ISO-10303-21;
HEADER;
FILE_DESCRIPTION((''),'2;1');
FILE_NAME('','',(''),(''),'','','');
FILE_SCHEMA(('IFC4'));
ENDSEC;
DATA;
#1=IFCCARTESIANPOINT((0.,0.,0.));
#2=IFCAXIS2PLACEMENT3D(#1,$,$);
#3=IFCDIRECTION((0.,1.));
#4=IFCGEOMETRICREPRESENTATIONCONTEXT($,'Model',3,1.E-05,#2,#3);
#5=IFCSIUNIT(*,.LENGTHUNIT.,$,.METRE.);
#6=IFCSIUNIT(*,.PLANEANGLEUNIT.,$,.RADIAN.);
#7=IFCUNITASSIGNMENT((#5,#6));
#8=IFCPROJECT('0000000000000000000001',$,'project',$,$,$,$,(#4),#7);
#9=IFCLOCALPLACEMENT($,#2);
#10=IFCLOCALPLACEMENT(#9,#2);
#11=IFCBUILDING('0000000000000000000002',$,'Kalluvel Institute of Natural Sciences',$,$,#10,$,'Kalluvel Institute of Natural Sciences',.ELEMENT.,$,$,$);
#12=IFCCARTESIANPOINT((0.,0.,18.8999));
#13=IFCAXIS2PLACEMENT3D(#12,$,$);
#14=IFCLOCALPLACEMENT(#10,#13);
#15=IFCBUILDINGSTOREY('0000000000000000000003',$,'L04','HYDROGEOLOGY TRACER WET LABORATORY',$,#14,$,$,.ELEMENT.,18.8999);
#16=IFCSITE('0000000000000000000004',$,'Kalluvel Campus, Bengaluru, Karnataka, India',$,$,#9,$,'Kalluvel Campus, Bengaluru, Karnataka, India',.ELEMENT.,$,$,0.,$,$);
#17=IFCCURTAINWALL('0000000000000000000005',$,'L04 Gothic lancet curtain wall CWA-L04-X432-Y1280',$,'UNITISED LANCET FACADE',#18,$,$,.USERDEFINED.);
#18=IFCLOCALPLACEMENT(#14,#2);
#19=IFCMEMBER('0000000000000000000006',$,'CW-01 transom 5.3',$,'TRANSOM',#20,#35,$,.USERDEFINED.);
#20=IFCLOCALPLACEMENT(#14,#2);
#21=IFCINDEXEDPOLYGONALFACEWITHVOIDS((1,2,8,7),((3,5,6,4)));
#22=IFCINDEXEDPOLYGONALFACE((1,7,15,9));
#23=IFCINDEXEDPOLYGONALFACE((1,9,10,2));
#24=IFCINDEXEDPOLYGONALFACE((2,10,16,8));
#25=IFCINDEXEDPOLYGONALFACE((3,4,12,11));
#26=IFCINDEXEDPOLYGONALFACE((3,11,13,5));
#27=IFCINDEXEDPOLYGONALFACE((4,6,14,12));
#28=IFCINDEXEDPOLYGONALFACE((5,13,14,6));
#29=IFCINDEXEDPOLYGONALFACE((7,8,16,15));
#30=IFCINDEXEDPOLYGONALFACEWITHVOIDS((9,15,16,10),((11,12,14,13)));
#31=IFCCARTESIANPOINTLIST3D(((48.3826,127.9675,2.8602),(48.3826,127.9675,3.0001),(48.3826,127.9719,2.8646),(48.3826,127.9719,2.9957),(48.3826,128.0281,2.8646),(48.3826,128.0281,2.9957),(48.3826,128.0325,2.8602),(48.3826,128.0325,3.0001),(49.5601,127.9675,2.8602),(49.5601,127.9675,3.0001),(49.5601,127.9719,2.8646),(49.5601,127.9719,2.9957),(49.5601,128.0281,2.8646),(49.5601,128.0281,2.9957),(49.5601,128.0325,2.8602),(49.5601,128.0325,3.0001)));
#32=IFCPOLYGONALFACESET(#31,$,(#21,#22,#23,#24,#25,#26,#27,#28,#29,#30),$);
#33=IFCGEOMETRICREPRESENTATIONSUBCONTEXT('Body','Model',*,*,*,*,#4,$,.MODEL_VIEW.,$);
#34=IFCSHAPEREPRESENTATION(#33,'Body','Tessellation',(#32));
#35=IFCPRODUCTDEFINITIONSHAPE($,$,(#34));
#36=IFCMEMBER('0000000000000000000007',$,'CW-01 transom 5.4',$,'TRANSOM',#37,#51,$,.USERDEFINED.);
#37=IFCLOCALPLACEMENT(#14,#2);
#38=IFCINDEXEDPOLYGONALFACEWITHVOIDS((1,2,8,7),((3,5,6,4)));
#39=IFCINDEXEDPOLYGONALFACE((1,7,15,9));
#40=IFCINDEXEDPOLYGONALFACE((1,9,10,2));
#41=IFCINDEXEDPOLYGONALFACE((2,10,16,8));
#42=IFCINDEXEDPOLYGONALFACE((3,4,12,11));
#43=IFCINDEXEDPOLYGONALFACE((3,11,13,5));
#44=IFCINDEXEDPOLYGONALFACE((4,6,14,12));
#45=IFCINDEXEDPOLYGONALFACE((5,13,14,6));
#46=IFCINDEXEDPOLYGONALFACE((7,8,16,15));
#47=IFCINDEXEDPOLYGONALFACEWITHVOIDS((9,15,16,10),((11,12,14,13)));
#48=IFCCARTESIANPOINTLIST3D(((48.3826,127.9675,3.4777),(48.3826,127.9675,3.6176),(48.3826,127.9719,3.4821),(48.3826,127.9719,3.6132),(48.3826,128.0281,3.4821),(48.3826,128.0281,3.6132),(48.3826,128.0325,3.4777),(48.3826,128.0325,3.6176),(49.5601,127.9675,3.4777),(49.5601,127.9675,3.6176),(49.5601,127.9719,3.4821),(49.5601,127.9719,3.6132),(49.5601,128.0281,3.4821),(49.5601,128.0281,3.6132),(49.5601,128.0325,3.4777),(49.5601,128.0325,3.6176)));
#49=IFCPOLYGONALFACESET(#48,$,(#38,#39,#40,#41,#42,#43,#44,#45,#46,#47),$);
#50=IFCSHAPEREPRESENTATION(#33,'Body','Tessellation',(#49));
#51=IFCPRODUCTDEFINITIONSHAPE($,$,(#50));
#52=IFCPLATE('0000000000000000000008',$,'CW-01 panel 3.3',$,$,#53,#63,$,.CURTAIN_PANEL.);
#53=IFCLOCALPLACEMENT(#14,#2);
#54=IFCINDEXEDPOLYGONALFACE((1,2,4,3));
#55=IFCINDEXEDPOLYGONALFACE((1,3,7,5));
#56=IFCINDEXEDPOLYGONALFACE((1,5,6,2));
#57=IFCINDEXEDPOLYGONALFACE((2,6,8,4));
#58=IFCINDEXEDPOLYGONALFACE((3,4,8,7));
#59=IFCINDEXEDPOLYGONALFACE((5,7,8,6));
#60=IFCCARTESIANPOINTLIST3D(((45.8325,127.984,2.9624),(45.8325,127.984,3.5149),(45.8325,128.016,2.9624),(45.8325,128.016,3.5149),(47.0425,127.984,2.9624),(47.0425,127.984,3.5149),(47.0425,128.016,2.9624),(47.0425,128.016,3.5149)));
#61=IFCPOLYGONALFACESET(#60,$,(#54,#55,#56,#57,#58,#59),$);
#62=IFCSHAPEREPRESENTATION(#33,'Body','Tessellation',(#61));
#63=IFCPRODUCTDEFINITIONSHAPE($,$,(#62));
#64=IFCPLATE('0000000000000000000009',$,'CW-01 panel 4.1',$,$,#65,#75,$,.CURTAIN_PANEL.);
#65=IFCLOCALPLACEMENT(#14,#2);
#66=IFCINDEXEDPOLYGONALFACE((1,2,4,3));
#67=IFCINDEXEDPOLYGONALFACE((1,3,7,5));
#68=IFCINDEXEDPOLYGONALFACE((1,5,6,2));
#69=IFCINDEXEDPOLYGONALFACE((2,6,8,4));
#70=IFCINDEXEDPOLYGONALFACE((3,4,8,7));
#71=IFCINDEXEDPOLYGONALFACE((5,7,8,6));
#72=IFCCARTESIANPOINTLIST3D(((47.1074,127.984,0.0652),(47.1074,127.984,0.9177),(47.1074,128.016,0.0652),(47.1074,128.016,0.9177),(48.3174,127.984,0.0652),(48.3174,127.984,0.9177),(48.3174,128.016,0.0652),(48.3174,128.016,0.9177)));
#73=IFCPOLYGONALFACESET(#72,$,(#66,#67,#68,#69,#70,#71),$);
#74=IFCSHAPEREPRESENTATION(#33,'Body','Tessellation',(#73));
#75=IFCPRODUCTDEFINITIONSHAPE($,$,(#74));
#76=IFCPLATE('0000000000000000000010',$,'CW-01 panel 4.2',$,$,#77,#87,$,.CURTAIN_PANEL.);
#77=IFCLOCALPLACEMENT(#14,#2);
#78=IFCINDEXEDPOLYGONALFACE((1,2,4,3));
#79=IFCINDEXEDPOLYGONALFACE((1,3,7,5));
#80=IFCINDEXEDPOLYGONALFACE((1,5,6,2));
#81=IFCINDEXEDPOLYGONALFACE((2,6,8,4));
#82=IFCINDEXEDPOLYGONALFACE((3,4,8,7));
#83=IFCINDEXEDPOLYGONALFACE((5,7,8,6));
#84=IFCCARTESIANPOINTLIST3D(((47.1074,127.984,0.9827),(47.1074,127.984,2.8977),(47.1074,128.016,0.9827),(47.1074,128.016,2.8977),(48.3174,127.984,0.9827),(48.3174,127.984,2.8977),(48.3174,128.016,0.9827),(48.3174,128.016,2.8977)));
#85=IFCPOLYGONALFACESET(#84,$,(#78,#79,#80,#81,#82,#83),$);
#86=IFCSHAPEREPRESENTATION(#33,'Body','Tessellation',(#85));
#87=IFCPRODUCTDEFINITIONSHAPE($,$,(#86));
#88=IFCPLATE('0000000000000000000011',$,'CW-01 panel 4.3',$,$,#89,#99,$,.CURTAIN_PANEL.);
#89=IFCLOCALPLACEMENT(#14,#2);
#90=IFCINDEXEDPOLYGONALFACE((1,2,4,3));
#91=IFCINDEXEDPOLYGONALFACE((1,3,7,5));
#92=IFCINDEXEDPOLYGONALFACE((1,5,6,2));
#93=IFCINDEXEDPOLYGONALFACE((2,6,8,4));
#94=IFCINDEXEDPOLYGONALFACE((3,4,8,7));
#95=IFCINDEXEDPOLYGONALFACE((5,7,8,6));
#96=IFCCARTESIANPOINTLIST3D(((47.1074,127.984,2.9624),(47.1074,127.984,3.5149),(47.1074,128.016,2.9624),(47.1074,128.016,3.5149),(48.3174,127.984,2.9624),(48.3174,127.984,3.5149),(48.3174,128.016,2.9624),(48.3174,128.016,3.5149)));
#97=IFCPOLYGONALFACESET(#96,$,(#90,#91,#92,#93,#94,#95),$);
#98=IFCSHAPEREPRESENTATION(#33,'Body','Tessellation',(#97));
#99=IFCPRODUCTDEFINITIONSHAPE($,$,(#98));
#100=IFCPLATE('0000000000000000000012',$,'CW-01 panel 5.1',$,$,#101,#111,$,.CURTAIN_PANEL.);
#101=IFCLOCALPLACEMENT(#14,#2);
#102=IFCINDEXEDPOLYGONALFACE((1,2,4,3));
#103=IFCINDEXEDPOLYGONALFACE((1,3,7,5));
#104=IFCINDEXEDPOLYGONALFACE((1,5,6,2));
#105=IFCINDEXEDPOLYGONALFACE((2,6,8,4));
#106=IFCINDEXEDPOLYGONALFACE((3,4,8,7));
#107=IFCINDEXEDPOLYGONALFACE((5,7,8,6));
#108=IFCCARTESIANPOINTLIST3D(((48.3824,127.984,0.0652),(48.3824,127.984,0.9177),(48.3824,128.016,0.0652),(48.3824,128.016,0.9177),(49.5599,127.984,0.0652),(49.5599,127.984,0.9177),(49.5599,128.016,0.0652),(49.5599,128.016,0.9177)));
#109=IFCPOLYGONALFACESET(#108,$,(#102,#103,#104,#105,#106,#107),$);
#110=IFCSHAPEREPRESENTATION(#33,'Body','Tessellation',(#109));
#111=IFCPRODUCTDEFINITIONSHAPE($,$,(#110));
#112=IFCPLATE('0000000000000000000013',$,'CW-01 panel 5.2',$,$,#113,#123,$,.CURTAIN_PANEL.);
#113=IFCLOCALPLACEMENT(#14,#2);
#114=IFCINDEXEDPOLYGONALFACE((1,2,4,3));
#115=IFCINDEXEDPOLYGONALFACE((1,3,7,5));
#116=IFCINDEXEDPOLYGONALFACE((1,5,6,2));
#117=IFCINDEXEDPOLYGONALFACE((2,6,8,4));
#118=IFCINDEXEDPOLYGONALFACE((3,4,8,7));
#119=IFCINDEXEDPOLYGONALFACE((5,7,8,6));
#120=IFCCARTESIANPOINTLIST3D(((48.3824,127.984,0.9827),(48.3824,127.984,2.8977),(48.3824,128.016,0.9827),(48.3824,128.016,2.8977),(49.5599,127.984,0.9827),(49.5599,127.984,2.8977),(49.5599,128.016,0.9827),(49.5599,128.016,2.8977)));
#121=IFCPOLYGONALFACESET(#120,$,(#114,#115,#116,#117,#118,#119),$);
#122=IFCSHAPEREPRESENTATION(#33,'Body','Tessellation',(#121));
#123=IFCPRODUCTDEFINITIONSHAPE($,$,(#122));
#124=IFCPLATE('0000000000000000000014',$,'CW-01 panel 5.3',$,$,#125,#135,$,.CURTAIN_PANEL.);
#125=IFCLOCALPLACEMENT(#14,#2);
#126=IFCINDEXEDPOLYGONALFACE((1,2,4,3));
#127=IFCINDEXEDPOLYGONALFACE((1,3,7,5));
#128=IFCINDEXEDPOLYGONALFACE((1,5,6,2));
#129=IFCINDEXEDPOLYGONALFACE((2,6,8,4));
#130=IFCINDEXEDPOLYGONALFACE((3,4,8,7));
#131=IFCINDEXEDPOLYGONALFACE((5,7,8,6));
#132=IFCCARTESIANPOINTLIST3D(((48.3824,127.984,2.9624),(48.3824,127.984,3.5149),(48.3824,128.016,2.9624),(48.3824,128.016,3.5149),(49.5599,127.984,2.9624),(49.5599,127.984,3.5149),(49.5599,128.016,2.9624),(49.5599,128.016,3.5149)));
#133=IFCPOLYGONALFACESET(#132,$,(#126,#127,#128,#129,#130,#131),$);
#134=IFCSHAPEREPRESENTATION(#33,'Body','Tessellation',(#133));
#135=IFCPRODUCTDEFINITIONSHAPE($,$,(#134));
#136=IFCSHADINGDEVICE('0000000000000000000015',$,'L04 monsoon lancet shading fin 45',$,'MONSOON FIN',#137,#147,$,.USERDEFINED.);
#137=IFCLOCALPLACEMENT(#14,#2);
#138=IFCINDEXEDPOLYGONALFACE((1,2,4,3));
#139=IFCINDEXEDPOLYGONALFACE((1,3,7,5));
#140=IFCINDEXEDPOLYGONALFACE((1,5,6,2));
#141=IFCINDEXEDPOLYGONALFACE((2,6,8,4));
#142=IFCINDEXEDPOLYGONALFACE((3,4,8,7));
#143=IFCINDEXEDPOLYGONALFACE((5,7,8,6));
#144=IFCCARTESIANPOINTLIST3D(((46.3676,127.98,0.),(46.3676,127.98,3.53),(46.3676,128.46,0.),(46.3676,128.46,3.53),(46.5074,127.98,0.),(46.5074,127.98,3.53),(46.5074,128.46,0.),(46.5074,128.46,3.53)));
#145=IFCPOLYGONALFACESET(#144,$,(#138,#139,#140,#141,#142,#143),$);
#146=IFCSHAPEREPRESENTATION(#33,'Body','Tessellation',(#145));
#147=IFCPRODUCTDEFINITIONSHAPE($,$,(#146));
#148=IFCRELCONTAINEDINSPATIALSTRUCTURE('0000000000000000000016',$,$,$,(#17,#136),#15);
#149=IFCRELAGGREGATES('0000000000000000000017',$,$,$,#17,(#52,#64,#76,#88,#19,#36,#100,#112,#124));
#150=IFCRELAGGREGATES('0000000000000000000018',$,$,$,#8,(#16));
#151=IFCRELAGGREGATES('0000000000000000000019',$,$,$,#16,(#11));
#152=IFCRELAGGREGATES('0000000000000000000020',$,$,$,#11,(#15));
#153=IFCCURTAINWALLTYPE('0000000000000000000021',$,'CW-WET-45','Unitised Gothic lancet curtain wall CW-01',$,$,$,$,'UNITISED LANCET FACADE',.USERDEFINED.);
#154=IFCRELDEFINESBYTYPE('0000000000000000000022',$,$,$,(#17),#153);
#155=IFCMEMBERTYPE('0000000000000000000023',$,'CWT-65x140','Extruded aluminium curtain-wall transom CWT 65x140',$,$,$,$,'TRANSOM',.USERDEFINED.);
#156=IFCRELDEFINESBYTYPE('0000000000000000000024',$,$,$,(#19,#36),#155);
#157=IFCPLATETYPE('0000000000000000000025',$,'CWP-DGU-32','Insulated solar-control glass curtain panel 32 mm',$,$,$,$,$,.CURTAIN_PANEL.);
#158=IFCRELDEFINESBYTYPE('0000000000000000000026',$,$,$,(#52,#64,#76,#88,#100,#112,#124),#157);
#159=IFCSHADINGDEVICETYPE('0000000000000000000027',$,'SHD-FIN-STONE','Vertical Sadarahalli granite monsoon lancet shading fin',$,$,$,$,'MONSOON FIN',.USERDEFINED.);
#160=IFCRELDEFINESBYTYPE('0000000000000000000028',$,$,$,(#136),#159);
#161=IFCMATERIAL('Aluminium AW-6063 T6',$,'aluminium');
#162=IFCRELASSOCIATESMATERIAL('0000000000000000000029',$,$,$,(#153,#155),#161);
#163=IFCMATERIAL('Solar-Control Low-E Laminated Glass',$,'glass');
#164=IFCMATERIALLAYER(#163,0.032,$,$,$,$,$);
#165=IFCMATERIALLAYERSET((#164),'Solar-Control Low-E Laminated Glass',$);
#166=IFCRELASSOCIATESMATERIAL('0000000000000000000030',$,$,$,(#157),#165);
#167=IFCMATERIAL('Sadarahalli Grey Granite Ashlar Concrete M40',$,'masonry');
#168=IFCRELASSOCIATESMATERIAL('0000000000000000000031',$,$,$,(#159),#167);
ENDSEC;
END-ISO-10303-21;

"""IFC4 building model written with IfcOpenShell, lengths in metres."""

from ifc_helpers import new_model, si_unit, direction, frame, origin, origin_2d, place, context, subcontext, project, spatial, rectangle, hollow_rectangle, extrude, material, layer, layer_set, material_profile, profile_set, type_object, element, aggregate, save


model = new_model("IFC4")

# Units and contexts
model_context = context("Model", 3, precision=1e-05, world=origin(), true_north=direction((0.0, 1.0)))
body_context = subcontext(model_context, "Body", "Model", "MODEL_VIEW")
ifc_project = project(units=[si_unit("LENGTHUNIT", "METRE"), si_unit("PLANEANGLEUNIT", "RADIAN")], contexts=[model_context])

# Site, building, storey
site_placement = place(None, origin())
site = spatial("IfcSite", under=ifc_project, at=site_placement, Name="Kalluvel Campus, Bengaluru, Karnataka, India", LongName="Kalluvel Campus, Bengaluru, Karnataka, India", CompositionType="ELEMENT", RefElevation=0.0)
building_placement = place(site_placement, origin())
building = spatial("IfcBuilding", under=site, at=building_placement, Name="Kalluvel Institute of Natural Sciences", LongName="Kalluvel Institute of Natural Sciences", CompositionType="ELEMENT")
storey_placement = place(building_placement, frame((0.0, 0.0, 18.8999)))
storey = spatial("IfcBuildingStorey", under=building, at=storey_placement, Name="L04", Description="HYDROGEOLOGY TRACER WET LABORATORY", CompositionType="ELEMENT", Elevation=18.8999)

# Curtain wall, members, plates
ifc_material_1 = material(Name="Aluminium AW-6063 T6", Category="aluminium")
curtain_wall_type = type_object("IfcCurtainWallType", Name="CW-WET-45", Description="Unitised Gothic lancet curtain wall CW-01", ElementType="UNITISED LANCET FACADE", PredefinedType="USERDEFINED", material=ifc_material_1)
curtain_wall_placement = place(storey_placement, origin())
curtain_wall = element("IfcCurtainWall", 1, at=curtain_wall_placement, inside=storey, type_object=curtain_wall_type, Name="L04 Gothic lancet curtain wall CWA-L04-X432-Y1280", ObjectType="UNITISED LANCET FACADE", PredefinedType="USERDEFINED")
ifc_material_profile_1 = material_profile(ifc_material_1, hollow_rectangle(XDim=0.0649, YDim=0.1399, WallThickness=0.0044, at=origin_2d()), Name="CWT 65x140")
ifc_profile_set_1 = profile_set([ifc_material_profile_1], Name="Aluminium AW-6063 T6")
member_type_1 = type_object("IfcMemberType", Name="CWT-65x140", Description="Extruded aluminium curtain-wall transom CWT 65x140", ElementType="TRANSOM", PredefinedType="USERDEFINED", material=ifc_profile_set_1)
member_1_placement = place(storey_placement, frame((48.3826, 128.0, 2.9302), z_axis=(1.0, 0.0, 0.0), x_axis=(0.0, 1.0, 0.0)))
member_1 = element("IfcMember", 2, at=member_1_placement, type_object=member_type_1, Name="CW-01 transom 5.3", ObjectType="TRANSOM", PredefinedType="USERDEFINED", context=body_context, shape_type="SweptSolid", body=[
    extrude(hollow_rectangle(XDim=0.0649, YDim=0.1399, WallThickness=0.0044, at=origin_2d()), origin(), (0.0, 0.0, 1.0), 1.1775),
])
member_2_placement = place(storey_placement, frame((48.3826, 128.0, 3.5476), z_axis=(1.0, 0.0, 0.0), x_axis=(0.0, 1.0, 0.0)))
member_2 = element("IfcMember", 3, at=member_2_placement, type_object=member_type_1, Name="CW-01 transom 5.4", ObjectType="TRANSOM", PredefinedType="USERDEFINED", context=body_context, shape_type="SweptSolid", body=[
    extrude(hollow_rectangle(XDim=0.0649, YDim=0.1399, WallThickness=0.0044, at=origin_2d()), origin(), (0.0, 0.0, 1.0), 1.1775),
])
ifc_material_2 = material(Name="Solar-Control Low-E Laminated Glass", Category="glass")
ifc_layer = layer(ifc_material_2, 0.032)
ifc_layer_set = layer_set([ifc_layer], Name="Solar-Control Low-E Laminated Glass")
plate_type = type_object("IfcPlateType", Name="CWP-DGU-32", Description="Insulated solar-control glass curtain panel 32 mm", PredefinedType="CURTAIN_PANEL", material=ifc_layer_set)
plate_1_placement = place(storey_placement, frame((46.4375, 128.0, 2.9624), z_axis=(0.0, 0.0, 1.0), x_axis=(1.0, 0.0, 0.0)))
plate_1 = element("IfcPlate", 4, at=plate_1_placement, type_object=plate_type, Name="CW-01 panel 3.3", PredefinedType="CURTAIN_PANEL", context=body_context, shape_type="SweptSolid", body=[
    extrude(rectangle(XDim=1.21, YDim=0.032, at=origin_2d()), origin(), (0.0, 0.0, 1.0), 0.5525),
])
plate_2_placement = place(storey_placement, frame((47.7124, 128.0, 0.0652), z_axis=(0.0, 0.0, 1.0), x_axis=(1.0, 0.0, 0.0)))
plate_2 = element("IfcPlate", 5, at=plate_2_placement, type_object=plate_type, Name="CW-01 panel 4.1", PredefinedType="CURTAIN_PANEL", context=body_context, shape_type="SweptSolid", body=[
    extrude(rectangle(XDim=1.21, YDim=0.032, at=origin_2d()), origin(), (0.0, 0.0, 1.0), 0.8525),
])
plate_3_placement = place(storey_placement, frame((47.7124, 128.0, 0.9827), z_axis=(0.0, 0.0, 1.0), x_axis=(1.0, 0.0, 0.0)))
plate_3 = element("IfcPlate", 6, at=plate_3_placement, type_object=plate_type, Name="CW-01 panel 4.2", PredefinedType="CURTAIN_PANEL", context=body_context, shape_type="SweptSolid", body=[
    extrude(rectangle(XDim=1.21, YDim=0.032, at=origin_2d()), origin(), (0.0, 0.0, 1.0), 1.915),
])
plate_4_placement = place(storey_placement, frame((47.7124, 128.0, 2.9624), z_axis=(0.0, 0.0, 1.0), x_axis=(1.0, 0.0, 0.0)))
plate_4 = element("IfcPlate", 7, at=plate_4_placement, type_object=plate_type, Name="CW-01 panel 4.3", PredefinedType="CURTAIN_PANEL", context=body_context, shape_type="SweptSolid", body=[
    extrude(rectangle(XDim=1.21, YDim=0.032, at=origin_2d()), origin(), (0.0, 0.0, 1.0), 0.5525),
])
plate_5_placement = place(storey_placement, frame((48.9712, 128.0, 0.0652), z_axis=(0.0, 0.0, 1.0), x_axis=(1.0, 0.0, 0.0)))
plate_5 = element("IfcPlate", 8, at=plate_5_placement, type_object=plate_type, Name="CW-01 panel 5.1", PredefinedType="CURTAIN_PANEL", context=body_context, shape_type="SweptSolid", body=[
    extrude(rectangle(XDim=1.1775, YDim=0.032, at=origin_2d()), origin(), (0.0, 0.0, 1.0), 0.8525),
])
plate_6_placement = place(storey_placement, frame((48.9712, 128.0, 0.9827), z_axis=(0.0, 0.0, 1.0), x_axis=(1.0, 0.0, 0.0)))
plate_6 = element("IfcPlate", 9, at=plate_6_placement, type_object=plate_type, Name="CW-01 panel 5.2", PredefinedType="CURTAIN_PANEL", context=body_context, shape_type="SweptSolid", body=[
    extrude(rectangle(XDim=1.1775, YDim=0.032, at=origin_2d()), origin(), (0.0, 0.0, 1.0), 1.915),
])
plate_7_placement = place(storey_placement, frame((48.9712, 128.0, 2.9624), z_axis=(0.0, 0.0, 1.0), x_axis=(1.0, 0.0, 0.0)))
plate_7 = element("IfcPlate", 10, at=plate_7_placement, type_object=plate_type, Name="CW-01 panel 5.3", PredefinedType="CURTAIN_PANEL", context=body_context, shape_type="SweptSolid", body=[
    extrude(rectangle(XDim=1.1775, YDim=0.032, at=origin_2d()), origin(), (0.0, 0.0, 1.0), 0.5525),
])
aggregate(curtain_wall, [plate_1, plate_2, plate_3, plate_4, member_1, member_2, plate_5, plate_6, plate_7])

# Shading device
ifc_material_3 = material(Name="Sadarahalli Grey Granite Ashlar Concrete M40", Category="masonry")
shading_device_type = type_object("IfcShadingDeviceType", Name="SHD-FIN-STONE", Description="Vertical Sadarahalli granite monsoon lancet shading fin", ElementType="MONSOON FIN", PredefinedType="USERDEFINED", material=ifc_material_3)
shading_device_placement = place(storey_placement, frame((46.4375, 128.22, 0.0), z_axis=(0.0, 0.0, 1.0), x_axis=(1.0, 0.0, 0.0)))
element("IfcShadingDevice", 11, at=shading_device_placement, inside=storey, type_object=shading_device_type, Name="L04 monsoon lancet shading fin 45", ObjectType="MONSOON FIN", PredefinedType="USERDEFINED", context=body_context, shape_type="SweptSolid", body=[
    extrude(rectangle(XDim=0.1399, YDim=0.48, at=origin_2d()), origin(), (0.0, 0.0, 1.0), 3.53),
])

save(model, "model.ifc")
